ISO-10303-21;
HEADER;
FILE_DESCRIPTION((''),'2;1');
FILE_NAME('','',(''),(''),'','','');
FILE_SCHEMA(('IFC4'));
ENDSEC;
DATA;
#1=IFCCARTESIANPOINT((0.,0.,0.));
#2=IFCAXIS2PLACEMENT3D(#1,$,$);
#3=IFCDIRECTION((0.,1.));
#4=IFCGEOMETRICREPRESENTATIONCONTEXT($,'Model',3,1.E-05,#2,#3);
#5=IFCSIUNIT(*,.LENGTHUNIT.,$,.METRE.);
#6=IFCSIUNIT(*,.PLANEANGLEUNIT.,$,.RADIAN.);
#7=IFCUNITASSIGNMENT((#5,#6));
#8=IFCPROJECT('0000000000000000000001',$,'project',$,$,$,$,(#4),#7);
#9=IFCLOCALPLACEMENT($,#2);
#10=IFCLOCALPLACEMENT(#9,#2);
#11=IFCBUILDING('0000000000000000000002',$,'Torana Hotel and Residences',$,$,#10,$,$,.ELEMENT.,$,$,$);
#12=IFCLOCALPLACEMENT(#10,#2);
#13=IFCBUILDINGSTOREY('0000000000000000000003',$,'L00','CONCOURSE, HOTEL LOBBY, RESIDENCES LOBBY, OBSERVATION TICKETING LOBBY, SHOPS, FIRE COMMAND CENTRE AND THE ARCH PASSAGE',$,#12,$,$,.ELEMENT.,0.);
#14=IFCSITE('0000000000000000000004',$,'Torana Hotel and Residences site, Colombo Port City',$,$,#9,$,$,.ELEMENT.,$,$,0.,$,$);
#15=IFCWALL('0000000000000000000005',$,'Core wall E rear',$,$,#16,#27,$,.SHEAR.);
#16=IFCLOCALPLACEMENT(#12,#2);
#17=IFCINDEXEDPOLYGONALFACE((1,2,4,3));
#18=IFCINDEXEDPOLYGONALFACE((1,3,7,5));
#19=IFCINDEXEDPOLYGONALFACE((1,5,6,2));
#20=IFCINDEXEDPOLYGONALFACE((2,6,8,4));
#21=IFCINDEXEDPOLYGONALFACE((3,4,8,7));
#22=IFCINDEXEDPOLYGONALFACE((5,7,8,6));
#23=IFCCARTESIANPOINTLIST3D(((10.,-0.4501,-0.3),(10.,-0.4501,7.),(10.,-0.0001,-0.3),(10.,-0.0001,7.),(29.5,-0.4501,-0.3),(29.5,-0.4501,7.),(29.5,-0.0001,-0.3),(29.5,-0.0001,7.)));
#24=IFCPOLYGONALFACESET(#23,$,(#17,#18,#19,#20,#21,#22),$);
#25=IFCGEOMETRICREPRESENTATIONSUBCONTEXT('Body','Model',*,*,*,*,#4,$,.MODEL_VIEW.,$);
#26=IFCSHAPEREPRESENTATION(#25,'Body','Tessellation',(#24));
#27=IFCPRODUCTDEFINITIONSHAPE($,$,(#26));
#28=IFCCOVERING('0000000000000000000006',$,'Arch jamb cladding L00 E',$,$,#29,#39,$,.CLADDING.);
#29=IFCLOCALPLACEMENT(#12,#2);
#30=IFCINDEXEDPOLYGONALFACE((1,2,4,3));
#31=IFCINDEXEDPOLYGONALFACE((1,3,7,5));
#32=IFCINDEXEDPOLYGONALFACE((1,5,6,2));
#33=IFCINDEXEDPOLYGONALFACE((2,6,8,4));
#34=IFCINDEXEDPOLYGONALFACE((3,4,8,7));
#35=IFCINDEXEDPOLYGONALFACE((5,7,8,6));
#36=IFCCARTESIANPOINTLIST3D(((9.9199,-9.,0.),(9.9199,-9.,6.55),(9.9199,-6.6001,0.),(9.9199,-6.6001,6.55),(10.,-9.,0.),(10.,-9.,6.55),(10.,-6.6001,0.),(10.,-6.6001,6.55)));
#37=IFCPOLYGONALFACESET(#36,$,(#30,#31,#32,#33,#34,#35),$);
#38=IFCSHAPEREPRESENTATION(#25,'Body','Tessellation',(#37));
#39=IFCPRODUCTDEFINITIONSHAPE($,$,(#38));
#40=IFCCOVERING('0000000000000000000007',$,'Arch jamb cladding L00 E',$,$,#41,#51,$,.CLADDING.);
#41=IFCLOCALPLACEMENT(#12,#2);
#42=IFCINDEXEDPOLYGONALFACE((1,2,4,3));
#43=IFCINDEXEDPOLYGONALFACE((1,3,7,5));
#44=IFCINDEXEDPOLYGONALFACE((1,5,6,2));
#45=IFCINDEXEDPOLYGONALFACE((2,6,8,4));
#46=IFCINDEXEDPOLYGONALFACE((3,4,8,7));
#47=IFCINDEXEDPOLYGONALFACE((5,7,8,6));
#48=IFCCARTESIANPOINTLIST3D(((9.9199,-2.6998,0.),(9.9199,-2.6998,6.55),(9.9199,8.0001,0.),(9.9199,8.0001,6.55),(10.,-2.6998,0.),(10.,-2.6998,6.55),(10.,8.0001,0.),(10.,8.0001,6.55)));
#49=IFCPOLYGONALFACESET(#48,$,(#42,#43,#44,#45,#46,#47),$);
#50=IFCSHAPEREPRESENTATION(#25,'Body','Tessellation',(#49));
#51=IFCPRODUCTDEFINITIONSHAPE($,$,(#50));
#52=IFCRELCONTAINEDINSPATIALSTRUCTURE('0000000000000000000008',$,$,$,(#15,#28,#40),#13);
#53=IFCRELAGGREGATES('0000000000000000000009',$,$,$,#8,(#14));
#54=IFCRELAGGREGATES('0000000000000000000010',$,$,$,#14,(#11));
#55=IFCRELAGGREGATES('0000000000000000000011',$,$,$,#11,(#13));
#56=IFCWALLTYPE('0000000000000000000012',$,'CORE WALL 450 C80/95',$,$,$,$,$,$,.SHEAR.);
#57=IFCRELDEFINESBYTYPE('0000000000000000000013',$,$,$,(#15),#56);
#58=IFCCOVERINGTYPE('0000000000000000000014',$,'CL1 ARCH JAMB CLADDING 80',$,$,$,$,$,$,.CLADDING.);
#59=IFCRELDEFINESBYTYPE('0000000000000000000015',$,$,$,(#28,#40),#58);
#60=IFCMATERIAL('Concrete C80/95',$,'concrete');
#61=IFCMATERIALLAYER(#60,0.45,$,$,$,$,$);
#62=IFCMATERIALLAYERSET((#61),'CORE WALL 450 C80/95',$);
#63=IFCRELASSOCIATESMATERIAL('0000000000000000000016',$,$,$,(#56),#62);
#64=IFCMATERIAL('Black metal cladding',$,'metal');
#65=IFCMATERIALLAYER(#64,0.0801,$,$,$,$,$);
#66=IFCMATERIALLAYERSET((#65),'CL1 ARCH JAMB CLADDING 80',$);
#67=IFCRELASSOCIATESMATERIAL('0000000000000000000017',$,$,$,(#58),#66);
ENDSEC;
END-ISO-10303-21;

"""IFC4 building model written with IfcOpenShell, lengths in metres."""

from ifc_helpers import new_model, si_unit, direction, frame, frame_2d, origin, place, context, subcontext, project, spatial, rectangle, extrude, material, layer, layer_set, type_object, element, save


model = new_model("IFC4")

# Units and contexts
model_context = context("Model", 3, precision=1e-05, world=origin(), true_north=direction((0.0, 1.0)))
body_context = subcontext(model_context, "Body", "Model", "MODEL_VIEW")
ifc_project = project(units=[si_unit("LENGTHUNIT", "METRE"), si_unit("PLANEANGLEUNIT", "RADIAN")], contexts=[model_context])

# Site, building, storey
site_placement = place(None, origin())
site = spatial("IfcSite", under=ifc_project, at=site_placement, Name="Torana Hotel and Residences site, Colombo Port City", CompositionType="ELEMENT", RefElevation=0.0)
building_placement = place(site_placement, origin())
building = spatial("IfcBuilding", under=site, at=building_placement, Name="Torana Hotel and Residences", CompositionType="ELEMENT")
storey_placement = place(building_placement, origin())
storey = spatial("IfcBuildingStorey", under=building, at=storey_placement, Name="L00", Description="CONCOURSE, HOTEL LOBBY, RESIDENCES LOBBY, OBSERVATION TICKETING LOBBY, SHOPS, FIRE COMMAND CENTRE AND THE ARCH PASSAGE", CompositionType="ELEMENT", Elevation=0.0)

# Wall
ifc_material_1 = material(Name="Concrete C80/95", Category="concrete")
ifc_layer_1 = layer(ifc_material_1, 0.45)
ifc_layer_set_1 = layer_set([ifc_layer_1], Name="CORE WALL 450 C80/95")
wall_type_1 = type_object("IfcWallType", Name="CORE WALL 450 C80/95", PredefinedType="SHEAR", material=ifc_layer_set_1)
wall_1_placement = place(storey_placement, frame((10.0, -0.2251, -0.3), z_axis=(0.0, 0.0, 1.0), x_axis=(1.0, 0.0, 0.0)))
element("IfcWall", 1, at=wall_1_placement, inside=storey, type_object=wall_type_1, Name="Core wall E rear", PredefinedType="SHEAR", context=body_context, shape_type="SweptSolid", body=[
    extrude(rectangle(XDim=19.5, YDim=0.45, at=frame_2d((9.75, 0.0))), origin(), (0.0, 0.0, 1.0), 7.3),
])

# Coverings
ifc_material_2 = material(Name="Black metal cladding", Category="metal")
ifc_layer_2 = layer(ifc_material_2, 0.0801)
ifc_layer_set_2 = layer_set([ifc_layer_2], Name="CL1 ARCH JAMB CLADDING 80")
covering_type = type_object("IfcCoveringType", Name="CL1 ARCH JAMB CLADDING 80", PredefinedType="CLADDING", material=ifc_layer_set_2)
covering_1_placement = place(storey_placement, frame((9.96, -9.0, 0.0), z_axis=(0.0, 0.0, 1.0), x_axis=(0.0, 1.0, 0.0)))
element("IfcCovering", 2, at=covering_1_placement, inside=storey, type_object=covering_type, Name="Arch jamb cladding L00 E", PredefinedType="CLADDING", context=body_context, shape_type="SweptSolid", body=[
    extrude(rectangle(XDim=2.3999, YDim=0.0801, at=frame_2d((1.2, 0.0))), origin(), (0.0, 0.0, 1.0), 6.55),
])
covering_2_placement = place(storey_placement, frame((9.96, -2.7, 0.0), z_axis=(0.0, 0.0, 1.0), x_axis=(0.0, 1.0, 0.0)))
element("IfcCovering", 3, at=covering_2_placement, inside=storey, type_object=covering_type, Name="Arch jamb cladding L00 E", PredefinedType="CLADDING", context=body_context, shape_type="SweptSolid", body=[
    extrude(rectangle(XDim=10.7, YDim=0.0801, at=frame_2d((5.3501, 0.0))), origin(), (0.0, 0.0, 1.0), 6.55),
])

save(model, "model.ifc")
